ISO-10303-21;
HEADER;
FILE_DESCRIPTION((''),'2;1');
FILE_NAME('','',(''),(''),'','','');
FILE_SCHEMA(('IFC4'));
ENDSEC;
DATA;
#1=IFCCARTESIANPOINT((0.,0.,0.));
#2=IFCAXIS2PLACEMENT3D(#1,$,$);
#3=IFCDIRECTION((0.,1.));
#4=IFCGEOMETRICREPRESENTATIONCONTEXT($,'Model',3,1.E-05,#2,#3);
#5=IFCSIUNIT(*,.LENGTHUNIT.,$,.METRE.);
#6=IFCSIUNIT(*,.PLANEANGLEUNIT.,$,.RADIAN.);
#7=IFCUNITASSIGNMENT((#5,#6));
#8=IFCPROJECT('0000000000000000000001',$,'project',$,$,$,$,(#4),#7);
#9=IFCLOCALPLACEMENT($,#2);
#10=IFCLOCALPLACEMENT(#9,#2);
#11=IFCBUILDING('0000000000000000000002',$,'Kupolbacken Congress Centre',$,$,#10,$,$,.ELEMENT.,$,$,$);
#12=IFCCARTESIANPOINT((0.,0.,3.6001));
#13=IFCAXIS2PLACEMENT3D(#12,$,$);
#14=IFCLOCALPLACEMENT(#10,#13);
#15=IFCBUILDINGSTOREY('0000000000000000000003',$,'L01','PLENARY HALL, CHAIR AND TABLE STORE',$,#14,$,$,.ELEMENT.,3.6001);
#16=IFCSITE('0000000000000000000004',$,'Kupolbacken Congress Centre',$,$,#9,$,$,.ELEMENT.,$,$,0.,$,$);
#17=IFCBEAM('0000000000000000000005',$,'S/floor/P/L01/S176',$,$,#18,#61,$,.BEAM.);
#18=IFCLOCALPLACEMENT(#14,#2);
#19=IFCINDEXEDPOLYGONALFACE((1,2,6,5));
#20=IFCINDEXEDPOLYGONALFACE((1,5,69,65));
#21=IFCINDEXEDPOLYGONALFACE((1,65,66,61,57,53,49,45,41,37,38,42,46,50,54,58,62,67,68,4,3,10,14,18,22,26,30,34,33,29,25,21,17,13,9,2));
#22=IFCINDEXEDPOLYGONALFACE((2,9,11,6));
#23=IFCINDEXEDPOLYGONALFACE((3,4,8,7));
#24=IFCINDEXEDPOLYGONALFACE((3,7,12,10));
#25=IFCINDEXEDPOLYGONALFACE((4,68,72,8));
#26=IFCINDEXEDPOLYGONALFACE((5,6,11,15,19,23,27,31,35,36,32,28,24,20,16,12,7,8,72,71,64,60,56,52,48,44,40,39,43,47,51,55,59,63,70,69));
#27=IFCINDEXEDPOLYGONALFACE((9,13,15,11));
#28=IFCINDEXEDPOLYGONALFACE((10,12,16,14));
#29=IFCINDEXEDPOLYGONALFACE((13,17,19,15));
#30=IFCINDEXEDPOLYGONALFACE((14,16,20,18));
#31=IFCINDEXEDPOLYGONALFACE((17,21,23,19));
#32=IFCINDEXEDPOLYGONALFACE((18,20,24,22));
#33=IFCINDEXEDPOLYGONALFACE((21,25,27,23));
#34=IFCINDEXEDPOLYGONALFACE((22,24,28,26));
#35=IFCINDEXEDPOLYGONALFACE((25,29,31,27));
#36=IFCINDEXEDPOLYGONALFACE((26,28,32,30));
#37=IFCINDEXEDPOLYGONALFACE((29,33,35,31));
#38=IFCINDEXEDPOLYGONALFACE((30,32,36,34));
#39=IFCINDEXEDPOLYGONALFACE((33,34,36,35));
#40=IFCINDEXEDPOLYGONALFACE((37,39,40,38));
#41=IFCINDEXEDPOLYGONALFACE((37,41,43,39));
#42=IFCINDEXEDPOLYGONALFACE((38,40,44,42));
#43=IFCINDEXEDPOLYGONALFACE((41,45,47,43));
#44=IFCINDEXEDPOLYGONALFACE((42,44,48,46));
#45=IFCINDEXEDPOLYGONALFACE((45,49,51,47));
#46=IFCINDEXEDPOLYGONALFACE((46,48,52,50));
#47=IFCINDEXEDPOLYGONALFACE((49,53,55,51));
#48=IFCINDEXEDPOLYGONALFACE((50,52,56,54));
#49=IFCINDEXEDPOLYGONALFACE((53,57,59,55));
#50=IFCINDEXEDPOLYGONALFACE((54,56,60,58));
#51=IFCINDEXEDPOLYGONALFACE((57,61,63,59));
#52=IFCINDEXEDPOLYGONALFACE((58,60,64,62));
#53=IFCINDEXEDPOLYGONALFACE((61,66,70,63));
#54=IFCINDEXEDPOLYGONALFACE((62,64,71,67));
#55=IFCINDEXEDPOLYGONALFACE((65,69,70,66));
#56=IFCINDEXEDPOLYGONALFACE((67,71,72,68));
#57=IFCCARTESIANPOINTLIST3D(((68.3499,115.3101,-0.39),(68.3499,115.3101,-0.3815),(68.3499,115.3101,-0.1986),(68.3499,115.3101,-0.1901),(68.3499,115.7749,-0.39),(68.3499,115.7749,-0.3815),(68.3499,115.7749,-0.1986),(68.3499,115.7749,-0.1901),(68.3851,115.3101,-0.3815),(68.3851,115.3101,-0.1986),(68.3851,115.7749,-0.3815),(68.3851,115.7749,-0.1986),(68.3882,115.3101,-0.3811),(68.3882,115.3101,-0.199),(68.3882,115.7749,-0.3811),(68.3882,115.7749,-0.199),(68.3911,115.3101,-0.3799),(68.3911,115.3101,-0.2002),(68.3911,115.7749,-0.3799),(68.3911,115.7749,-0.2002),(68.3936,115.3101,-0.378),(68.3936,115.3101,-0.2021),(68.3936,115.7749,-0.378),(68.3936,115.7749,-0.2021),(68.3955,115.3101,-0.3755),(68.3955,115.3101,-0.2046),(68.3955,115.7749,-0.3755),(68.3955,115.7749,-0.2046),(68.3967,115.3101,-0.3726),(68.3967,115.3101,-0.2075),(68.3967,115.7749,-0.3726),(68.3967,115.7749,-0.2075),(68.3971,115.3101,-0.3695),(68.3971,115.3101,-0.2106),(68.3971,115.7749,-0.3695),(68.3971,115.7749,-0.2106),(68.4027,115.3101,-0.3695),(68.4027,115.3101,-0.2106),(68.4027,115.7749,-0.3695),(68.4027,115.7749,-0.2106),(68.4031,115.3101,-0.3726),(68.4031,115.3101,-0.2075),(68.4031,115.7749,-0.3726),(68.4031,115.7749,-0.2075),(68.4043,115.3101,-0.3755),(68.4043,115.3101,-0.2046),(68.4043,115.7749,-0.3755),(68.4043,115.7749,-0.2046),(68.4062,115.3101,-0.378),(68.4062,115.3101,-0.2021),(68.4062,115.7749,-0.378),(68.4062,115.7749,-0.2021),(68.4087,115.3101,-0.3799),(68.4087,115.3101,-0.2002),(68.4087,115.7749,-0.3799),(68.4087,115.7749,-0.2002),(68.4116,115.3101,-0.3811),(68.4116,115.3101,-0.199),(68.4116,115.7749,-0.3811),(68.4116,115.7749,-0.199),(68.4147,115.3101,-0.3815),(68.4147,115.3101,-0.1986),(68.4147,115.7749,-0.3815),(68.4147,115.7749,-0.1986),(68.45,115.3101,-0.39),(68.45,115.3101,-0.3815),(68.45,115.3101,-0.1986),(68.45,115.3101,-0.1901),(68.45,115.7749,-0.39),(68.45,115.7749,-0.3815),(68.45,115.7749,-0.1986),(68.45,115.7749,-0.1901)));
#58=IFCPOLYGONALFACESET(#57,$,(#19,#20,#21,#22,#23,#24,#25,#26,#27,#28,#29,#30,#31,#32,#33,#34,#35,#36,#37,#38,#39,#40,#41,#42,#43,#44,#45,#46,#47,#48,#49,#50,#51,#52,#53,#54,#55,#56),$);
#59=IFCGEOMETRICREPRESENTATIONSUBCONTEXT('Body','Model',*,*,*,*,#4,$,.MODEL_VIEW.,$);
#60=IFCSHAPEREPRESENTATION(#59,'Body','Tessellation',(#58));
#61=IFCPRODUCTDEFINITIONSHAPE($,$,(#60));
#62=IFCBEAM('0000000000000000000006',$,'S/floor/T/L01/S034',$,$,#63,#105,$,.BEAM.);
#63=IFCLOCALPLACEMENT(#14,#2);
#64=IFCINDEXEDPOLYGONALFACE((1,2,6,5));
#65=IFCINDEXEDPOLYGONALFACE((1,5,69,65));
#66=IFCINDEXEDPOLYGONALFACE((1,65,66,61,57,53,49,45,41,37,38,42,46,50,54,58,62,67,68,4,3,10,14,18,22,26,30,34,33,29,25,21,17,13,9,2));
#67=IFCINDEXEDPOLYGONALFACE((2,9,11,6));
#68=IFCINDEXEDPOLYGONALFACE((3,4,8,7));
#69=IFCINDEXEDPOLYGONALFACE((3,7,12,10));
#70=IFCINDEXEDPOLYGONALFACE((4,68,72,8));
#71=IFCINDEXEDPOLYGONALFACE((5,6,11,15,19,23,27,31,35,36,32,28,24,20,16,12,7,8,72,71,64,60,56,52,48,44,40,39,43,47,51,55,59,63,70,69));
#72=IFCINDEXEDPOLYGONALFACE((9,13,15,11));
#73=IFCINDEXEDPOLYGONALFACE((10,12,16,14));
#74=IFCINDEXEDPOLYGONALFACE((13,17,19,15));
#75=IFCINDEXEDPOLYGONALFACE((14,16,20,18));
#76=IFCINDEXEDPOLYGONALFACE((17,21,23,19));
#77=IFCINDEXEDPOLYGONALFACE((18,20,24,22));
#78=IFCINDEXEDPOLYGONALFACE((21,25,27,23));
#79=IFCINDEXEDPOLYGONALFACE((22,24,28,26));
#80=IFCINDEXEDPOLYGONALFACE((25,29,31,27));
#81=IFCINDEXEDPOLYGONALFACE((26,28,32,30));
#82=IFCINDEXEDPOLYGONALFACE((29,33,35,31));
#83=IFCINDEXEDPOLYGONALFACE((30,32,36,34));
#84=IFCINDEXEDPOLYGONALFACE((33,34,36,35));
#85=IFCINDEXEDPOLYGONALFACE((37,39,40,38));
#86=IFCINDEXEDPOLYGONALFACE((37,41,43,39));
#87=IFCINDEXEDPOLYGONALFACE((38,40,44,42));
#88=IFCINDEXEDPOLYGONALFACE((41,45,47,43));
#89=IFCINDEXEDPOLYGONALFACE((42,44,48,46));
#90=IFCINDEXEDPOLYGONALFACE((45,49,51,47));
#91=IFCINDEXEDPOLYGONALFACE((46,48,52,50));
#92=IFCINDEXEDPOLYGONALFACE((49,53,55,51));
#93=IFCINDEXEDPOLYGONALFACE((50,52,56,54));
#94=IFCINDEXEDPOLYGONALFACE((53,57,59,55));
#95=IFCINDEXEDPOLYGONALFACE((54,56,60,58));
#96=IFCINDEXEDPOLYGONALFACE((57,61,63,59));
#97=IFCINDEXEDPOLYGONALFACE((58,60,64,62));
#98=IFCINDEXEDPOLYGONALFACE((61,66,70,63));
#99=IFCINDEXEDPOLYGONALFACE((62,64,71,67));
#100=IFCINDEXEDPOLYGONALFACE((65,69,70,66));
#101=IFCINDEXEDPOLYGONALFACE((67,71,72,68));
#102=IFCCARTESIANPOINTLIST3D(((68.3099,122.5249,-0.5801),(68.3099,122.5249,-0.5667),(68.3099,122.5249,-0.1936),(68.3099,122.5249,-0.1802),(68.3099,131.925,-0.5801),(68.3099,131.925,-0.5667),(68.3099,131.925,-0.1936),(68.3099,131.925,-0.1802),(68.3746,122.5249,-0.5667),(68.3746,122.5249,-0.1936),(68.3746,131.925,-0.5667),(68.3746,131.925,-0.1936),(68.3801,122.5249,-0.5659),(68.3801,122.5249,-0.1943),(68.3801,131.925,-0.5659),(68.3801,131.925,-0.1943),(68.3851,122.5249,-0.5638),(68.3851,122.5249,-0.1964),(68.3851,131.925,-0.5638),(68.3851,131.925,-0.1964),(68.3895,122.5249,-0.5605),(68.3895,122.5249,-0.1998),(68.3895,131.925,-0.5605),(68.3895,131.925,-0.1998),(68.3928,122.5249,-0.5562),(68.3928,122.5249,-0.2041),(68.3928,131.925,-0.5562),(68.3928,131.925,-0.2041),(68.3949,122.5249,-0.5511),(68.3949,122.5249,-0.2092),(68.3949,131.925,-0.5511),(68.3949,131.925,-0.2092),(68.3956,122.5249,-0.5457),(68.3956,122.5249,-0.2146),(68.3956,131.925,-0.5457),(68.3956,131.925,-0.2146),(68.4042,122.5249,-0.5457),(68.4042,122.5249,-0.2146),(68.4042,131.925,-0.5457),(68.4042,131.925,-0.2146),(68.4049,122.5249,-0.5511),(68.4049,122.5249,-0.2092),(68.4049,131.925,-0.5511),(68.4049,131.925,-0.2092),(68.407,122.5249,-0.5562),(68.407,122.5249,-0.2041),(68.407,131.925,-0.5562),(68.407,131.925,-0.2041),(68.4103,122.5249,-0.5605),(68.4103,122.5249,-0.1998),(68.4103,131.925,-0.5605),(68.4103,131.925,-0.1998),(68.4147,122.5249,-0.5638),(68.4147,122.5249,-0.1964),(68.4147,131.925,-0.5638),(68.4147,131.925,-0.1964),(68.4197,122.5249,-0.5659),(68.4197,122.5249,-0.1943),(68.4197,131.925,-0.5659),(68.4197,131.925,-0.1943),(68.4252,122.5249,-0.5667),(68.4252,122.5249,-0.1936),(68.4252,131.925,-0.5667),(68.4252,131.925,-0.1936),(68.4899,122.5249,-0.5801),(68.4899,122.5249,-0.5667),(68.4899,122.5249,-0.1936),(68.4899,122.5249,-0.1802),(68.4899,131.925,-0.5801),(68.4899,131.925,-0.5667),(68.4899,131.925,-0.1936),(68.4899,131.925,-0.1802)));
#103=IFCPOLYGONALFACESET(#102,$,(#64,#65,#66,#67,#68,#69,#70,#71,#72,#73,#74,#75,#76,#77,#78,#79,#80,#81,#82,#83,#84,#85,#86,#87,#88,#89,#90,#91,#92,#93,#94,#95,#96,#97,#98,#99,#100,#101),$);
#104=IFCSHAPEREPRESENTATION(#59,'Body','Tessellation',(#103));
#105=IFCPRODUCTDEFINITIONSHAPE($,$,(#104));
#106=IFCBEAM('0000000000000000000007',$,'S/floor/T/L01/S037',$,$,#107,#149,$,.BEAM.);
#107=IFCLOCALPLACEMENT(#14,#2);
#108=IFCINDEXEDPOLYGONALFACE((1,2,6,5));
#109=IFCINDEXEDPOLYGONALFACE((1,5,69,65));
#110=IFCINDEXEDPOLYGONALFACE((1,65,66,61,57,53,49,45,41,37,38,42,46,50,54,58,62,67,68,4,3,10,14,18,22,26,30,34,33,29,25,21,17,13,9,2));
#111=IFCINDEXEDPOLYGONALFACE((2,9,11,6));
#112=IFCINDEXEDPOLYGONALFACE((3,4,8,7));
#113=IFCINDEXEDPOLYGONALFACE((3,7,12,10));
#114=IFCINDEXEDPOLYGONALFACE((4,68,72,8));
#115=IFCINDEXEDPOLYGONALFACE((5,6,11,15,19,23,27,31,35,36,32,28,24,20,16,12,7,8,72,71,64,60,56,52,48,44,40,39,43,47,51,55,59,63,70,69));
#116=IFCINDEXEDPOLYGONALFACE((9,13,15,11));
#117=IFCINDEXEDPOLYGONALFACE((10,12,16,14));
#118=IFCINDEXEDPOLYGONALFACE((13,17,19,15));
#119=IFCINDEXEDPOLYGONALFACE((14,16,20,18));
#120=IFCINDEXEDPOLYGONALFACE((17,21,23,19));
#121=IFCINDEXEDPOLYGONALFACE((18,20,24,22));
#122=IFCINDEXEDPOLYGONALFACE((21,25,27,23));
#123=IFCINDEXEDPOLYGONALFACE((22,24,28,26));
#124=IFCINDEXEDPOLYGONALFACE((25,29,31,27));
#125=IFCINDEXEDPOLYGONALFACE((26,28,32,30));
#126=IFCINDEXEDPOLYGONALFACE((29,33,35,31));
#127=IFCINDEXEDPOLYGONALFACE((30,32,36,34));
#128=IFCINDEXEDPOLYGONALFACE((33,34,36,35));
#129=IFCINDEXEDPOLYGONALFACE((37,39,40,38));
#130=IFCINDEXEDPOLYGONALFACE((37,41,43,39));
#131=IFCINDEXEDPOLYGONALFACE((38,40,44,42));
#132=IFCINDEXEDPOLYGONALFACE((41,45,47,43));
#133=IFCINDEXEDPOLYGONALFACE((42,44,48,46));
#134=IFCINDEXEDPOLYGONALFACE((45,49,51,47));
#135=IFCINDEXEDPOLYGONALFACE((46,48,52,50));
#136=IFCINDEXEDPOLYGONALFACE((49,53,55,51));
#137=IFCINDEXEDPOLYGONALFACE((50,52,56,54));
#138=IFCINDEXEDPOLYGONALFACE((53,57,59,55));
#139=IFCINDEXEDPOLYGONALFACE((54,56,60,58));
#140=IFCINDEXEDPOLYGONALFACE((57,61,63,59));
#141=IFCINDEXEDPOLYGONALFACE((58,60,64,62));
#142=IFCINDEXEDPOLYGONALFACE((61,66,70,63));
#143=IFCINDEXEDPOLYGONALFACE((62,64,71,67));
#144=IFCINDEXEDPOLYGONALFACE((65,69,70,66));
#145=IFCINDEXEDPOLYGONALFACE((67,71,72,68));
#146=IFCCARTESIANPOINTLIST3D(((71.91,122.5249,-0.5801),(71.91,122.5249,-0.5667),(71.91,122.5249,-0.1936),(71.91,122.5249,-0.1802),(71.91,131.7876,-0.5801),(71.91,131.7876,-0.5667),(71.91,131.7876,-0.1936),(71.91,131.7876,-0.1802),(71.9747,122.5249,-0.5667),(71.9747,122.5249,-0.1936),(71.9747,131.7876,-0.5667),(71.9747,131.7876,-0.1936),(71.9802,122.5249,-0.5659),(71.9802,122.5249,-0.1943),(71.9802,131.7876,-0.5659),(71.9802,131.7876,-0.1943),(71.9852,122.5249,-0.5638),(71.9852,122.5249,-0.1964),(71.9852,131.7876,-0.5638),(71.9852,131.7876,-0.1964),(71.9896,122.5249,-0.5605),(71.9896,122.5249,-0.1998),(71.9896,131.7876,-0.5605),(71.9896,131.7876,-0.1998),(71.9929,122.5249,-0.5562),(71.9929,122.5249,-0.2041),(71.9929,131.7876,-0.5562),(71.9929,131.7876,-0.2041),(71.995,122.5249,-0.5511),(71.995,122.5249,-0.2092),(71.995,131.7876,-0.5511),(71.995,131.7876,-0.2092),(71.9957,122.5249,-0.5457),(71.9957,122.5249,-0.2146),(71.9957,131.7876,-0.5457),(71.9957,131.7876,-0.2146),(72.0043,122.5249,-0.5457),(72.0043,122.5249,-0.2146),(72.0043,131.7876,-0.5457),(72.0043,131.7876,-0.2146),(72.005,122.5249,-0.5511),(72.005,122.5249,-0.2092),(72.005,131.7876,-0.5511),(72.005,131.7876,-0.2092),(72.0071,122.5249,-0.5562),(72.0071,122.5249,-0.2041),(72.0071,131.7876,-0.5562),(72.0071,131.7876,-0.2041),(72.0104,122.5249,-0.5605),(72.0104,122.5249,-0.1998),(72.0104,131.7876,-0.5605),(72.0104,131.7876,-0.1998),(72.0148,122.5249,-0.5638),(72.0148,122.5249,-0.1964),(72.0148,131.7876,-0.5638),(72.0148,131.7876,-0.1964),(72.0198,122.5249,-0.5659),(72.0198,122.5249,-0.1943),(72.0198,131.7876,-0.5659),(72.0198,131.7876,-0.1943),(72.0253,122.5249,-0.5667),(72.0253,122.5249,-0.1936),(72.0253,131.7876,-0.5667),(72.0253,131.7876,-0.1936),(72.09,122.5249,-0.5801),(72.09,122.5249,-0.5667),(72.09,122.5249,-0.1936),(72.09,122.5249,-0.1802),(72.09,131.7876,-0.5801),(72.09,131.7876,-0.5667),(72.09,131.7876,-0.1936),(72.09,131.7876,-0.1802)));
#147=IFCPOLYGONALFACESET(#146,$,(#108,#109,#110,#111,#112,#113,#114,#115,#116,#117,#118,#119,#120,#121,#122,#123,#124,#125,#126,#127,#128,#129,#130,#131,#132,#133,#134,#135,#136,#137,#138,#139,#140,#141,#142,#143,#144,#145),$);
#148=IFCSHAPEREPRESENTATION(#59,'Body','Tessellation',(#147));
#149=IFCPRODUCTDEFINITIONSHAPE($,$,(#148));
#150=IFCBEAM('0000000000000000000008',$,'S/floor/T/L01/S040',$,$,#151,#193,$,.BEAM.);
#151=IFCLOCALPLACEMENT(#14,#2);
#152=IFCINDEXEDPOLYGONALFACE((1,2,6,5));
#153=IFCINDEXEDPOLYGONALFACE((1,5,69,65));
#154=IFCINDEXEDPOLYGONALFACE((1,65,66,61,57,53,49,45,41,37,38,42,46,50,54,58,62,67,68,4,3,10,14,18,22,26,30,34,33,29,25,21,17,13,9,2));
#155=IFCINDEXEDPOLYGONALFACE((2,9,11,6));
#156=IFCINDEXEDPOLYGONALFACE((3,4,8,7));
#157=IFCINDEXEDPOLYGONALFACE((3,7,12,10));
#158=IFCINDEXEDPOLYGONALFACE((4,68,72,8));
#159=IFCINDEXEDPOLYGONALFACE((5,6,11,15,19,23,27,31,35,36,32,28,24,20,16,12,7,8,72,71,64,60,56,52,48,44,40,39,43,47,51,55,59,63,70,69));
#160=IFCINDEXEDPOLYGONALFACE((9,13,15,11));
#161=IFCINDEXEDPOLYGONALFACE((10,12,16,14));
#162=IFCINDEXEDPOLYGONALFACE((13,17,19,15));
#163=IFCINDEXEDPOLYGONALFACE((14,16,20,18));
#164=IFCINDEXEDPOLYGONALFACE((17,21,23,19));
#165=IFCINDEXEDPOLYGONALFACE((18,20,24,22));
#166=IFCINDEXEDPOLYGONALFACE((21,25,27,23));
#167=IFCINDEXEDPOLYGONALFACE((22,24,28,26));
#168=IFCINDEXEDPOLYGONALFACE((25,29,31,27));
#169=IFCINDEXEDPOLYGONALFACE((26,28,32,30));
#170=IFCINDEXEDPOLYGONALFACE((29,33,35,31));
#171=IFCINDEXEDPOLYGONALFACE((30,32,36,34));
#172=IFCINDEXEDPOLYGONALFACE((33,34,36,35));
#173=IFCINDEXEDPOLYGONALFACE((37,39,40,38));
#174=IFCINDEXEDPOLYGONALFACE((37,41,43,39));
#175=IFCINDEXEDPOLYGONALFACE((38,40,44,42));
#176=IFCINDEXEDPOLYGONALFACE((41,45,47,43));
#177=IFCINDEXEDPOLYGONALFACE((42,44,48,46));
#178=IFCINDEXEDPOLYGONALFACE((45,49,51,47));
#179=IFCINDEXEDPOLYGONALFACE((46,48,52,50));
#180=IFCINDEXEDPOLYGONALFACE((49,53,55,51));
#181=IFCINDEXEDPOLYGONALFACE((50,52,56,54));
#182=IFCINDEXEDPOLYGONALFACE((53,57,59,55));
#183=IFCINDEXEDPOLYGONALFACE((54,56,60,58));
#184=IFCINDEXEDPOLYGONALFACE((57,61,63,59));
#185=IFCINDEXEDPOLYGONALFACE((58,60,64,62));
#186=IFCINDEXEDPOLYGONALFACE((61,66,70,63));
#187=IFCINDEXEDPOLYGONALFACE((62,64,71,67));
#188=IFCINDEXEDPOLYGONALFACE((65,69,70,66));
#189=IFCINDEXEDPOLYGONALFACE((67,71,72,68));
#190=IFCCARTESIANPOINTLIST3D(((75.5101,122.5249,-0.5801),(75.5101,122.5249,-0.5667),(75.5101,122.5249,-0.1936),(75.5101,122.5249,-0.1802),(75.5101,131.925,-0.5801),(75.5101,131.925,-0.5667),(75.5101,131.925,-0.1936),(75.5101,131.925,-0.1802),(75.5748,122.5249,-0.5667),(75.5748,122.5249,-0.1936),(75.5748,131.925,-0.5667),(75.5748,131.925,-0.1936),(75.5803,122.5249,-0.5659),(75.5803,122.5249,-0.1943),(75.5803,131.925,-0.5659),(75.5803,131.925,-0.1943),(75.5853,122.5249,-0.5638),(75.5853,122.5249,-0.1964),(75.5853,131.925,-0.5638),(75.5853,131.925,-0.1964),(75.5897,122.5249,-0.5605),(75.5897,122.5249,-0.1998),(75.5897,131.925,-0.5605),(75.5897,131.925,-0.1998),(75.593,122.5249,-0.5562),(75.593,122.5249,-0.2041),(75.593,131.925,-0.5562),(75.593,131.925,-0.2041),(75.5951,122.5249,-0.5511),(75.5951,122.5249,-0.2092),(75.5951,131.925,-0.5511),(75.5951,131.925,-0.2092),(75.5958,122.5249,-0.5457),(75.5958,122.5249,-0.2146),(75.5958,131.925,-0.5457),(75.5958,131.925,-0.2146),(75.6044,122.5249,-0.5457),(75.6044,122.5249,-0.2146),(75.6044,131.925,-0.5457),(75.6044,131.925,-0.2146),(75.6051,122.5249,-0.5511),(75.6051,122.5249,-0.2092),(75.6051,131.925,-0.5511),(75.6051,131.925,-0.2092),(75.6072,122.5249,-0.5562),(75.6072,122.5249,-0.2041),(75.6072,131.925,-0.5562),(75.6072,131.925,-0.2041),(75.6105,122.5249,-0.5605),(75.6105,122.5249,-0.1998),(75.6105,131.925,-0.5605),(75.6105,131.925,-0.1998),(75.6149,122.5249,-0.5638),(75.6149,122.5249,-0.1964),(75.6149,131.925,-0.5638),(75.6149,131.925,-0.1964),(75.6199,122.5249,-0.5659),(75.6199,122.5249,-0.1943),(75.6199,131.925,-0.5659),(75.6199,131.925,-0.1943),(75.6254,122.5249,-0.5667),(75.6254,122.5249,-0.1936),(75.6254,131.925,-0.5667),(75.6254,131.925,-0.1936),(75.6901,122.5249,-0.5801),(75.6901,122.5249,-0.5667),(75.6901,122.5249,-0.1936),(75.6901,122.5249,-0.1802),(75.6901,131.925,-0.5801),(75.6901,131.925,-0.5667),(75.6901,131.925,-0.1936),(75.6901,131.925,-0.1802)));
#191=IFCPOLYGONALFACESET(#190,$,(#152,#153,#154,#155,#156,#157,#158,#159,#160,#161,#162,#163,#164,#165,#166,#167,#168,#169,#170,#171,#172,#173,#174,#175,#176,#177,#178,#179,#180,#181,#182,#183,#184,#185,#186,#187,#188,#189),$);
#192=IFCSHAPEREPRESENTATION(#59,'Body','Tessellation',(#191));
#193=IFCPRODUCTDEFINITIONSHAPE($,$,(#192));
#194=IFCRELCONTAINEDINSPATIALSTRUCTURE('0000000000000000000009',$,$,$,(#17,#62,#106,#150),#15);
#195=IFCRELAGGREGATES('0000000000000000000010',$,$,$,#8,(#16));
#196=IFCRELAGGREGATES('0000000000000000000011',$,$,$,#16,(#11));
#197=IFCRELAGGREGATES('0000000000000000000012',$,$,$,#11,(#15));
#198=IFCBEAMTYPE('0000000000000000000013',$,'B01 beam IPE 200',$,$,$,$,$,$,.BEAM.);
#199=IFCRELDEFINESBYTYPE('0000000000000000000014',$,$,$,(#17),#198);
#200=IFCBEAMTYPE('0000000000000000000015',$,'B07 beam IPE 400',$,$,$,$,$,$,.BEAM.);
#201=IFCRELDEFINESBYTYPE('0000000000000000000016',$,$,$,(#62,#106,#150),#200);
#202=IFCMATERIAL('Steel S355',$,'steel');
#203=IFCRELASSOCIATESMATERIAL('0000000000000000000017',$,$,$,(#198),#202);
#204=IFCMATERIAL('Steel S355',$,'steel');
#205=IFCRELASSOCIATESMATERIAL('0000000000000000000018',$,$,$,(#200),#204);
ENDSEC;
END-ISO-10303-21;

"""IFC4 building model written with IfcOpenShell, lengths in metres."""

from ifc_helpers import new_model, si_unit, direction, frame, origin, origin_2d, place, context, subcontext, project, spatial, i_section, extrude, material, material_profile, profile_set, type_object, element, save


model = new_model("IFC4")

# Units and contexts
model_context = context("Model", 3, precision=1e-05, world=origin(), true_north=direction((0.0, 1.0)))
body_context = subcontext(model_context, "Body", "Model", "MODEL_VIEW")
ifc_project = project(units=[si_unit("LENGTHUNIT", "METRE"), si_unit("PLANEANGLEUNIT", "RADIAN")], contexts=[model_context])

# Site, building, storey
site_placement = place(None, origin())
site = spatial("IfcSite", under=ifc_project, at=site_placement, Name="Kupolbacken Congress Centre", CompositionType="ELEMENT", RefElevation=0.0)
building_placement = place(site_placement, origin())
building = spatial("IfcBuilding", under=site, at=building_placement, Name="Kupolbacken Congress Centre", CompositionType="ELEMENT")
storey_placement = place(building_placement, frame((0.0, 0.0, 3.6001)))
storey = spatial("IfcBuildingStorey", under=building, at=storey_placement, Name="L01", Description="PLENARY HALL, CHAIR AND TABLE STORE", CompositionType="ELEMENT", Elevation=3.6001)

# Beams
ifc_material_1 = material(Name="Steel S355", Category="steel")
ifc_material_profile_1 = material_profile(ifc_material_1, i_section(OverallWidth=0.1001, OverallDepth=0.2, WebThickness=0.0056, FlangeThickness=0.0085, FilletRadius=0.012, at=origin_2d()), Name="IPE 200")
ifc_profile_set_1 = profile_set([ifc_material_profile_1], Name="Steel S355")
beam_type_1 = type_object("IfcBeamType", Name="B01 beam IPE 200", PredefinedType="BEAM", material=ifc_profile_set_1)
for number, where, z_axis, x_axis, name in (
    (1, (68.3999, 115.3101, -0.29), (0.0, 1.0, 0.0), (-1.0, 0.0, 0.0), "S/floor/P/L01/S176"),
):
    element("IfcBeam", number, at=place(storey_placement, frame(where, z_axis=z_axis, x_axis=x_axis)), inside=storey, type_object=beam_type_1, Name=name, PredefinedType="BEAM", context=body_context, shape_type="SweptSolid", body=[
        extrude(i_section(OverallWidth=0.1001, OverallDepth=0.2, WebThickness=0.0056, FlangeThickness=0.0085, FilletRadius=0.012, at=origin_2d()), origin(), (0.0, 0.0, 1.0), 0.4648),
    ])
ifc_material_2 = material(Name="Steel S355", Category="steel")
ifc_material_profile_2 = material_profile(ifc_material_2, i_section(OverallWidth=0.1799, OverallDepth=0.3999, WebThickness=0.0085, FlangeThickness=0.0134, FilletRadius=0.021, at=origin_2d()), Name="IPE 400")
ifc_profile_set_2 = profile_set([ifc_material_profile_2], Name="Steel S355")
beam_type_2 = type_object("IfcBeamType", Name="B07 beam IPE 400", PredefinedType="BEAM", material=ifc_profile_set_2)
beam_1_placement = place(storey_placement, frame((68.3999, 122.5249, -0.3801), z_axis=(0.0, 1.0, 0.0), x_axis=(-1.0, 0.0, 0.0)))
element("IfcBeam", 2, at=beam_1_placement, inside=storey, type_object=beam_type_2, Name="S/floor/T/L01/S034", PredefinedType="BEAM", context=body_context, shape_type="SweptSolid", body=[
    extrude(i_section(OverallWidth=0.1799, OverallDepth=0.3999, WebThickness=0.0085, FlangeThickness=0.0134, FilletRadius=0.021, at=origin_2d()), origin(), (0.0, 0.0, 1.0), 9.4001),
])
beam_2_placement = place(storey_placement, frame((72.0, 122.5249, -0.3801), z_axis=(0.0, 1.0, 0.0), x_axis=(-1.0, 0.0, 0.0)))
element("IfcBeam", 3, at=beam_2_placement, inside=storey, type_object=beam_type_2, Name="S/floor/T/L01/S037", PredefinedType="BEAM", context=body_context, shape_type="SweptSolid", body=[
    extrude(i_section(OverallWidth=0.1799, OverallDepth=0.3999, WebThickness=0.0085, FlangeThickness=0.0134, FilletRadius=0.021, at=origin_2d()), origin(), (0.0, 0.0, 1.0), 9.2627),
])
beam_3_placement = place(storey_placement, frame((75.6001, 122.5249, -0.3801), z_axis=(0.0, 1.0, 0.0), x_axis=(-1.0, 0.0, 0.0)))
element("IfcBeam", 4, at=beam_3_placement, inside=storey, type_object=beam_type_2, Name="S/floor/T/L01/S040", PredefinedType="BEAM", context=body_context, shape_type="SweptSolid", body=[
    extrude(i_section(OverallWidth=0.1799, OverallDepth=0.3999, WebThickness=0.0085, FlangeThickness=0.0134, FilletRadius=0.021, at=origin_2d()), origin(), (0.0, 0.0, 1.0), 9.4001),
])

save(model, "model.ifc")
